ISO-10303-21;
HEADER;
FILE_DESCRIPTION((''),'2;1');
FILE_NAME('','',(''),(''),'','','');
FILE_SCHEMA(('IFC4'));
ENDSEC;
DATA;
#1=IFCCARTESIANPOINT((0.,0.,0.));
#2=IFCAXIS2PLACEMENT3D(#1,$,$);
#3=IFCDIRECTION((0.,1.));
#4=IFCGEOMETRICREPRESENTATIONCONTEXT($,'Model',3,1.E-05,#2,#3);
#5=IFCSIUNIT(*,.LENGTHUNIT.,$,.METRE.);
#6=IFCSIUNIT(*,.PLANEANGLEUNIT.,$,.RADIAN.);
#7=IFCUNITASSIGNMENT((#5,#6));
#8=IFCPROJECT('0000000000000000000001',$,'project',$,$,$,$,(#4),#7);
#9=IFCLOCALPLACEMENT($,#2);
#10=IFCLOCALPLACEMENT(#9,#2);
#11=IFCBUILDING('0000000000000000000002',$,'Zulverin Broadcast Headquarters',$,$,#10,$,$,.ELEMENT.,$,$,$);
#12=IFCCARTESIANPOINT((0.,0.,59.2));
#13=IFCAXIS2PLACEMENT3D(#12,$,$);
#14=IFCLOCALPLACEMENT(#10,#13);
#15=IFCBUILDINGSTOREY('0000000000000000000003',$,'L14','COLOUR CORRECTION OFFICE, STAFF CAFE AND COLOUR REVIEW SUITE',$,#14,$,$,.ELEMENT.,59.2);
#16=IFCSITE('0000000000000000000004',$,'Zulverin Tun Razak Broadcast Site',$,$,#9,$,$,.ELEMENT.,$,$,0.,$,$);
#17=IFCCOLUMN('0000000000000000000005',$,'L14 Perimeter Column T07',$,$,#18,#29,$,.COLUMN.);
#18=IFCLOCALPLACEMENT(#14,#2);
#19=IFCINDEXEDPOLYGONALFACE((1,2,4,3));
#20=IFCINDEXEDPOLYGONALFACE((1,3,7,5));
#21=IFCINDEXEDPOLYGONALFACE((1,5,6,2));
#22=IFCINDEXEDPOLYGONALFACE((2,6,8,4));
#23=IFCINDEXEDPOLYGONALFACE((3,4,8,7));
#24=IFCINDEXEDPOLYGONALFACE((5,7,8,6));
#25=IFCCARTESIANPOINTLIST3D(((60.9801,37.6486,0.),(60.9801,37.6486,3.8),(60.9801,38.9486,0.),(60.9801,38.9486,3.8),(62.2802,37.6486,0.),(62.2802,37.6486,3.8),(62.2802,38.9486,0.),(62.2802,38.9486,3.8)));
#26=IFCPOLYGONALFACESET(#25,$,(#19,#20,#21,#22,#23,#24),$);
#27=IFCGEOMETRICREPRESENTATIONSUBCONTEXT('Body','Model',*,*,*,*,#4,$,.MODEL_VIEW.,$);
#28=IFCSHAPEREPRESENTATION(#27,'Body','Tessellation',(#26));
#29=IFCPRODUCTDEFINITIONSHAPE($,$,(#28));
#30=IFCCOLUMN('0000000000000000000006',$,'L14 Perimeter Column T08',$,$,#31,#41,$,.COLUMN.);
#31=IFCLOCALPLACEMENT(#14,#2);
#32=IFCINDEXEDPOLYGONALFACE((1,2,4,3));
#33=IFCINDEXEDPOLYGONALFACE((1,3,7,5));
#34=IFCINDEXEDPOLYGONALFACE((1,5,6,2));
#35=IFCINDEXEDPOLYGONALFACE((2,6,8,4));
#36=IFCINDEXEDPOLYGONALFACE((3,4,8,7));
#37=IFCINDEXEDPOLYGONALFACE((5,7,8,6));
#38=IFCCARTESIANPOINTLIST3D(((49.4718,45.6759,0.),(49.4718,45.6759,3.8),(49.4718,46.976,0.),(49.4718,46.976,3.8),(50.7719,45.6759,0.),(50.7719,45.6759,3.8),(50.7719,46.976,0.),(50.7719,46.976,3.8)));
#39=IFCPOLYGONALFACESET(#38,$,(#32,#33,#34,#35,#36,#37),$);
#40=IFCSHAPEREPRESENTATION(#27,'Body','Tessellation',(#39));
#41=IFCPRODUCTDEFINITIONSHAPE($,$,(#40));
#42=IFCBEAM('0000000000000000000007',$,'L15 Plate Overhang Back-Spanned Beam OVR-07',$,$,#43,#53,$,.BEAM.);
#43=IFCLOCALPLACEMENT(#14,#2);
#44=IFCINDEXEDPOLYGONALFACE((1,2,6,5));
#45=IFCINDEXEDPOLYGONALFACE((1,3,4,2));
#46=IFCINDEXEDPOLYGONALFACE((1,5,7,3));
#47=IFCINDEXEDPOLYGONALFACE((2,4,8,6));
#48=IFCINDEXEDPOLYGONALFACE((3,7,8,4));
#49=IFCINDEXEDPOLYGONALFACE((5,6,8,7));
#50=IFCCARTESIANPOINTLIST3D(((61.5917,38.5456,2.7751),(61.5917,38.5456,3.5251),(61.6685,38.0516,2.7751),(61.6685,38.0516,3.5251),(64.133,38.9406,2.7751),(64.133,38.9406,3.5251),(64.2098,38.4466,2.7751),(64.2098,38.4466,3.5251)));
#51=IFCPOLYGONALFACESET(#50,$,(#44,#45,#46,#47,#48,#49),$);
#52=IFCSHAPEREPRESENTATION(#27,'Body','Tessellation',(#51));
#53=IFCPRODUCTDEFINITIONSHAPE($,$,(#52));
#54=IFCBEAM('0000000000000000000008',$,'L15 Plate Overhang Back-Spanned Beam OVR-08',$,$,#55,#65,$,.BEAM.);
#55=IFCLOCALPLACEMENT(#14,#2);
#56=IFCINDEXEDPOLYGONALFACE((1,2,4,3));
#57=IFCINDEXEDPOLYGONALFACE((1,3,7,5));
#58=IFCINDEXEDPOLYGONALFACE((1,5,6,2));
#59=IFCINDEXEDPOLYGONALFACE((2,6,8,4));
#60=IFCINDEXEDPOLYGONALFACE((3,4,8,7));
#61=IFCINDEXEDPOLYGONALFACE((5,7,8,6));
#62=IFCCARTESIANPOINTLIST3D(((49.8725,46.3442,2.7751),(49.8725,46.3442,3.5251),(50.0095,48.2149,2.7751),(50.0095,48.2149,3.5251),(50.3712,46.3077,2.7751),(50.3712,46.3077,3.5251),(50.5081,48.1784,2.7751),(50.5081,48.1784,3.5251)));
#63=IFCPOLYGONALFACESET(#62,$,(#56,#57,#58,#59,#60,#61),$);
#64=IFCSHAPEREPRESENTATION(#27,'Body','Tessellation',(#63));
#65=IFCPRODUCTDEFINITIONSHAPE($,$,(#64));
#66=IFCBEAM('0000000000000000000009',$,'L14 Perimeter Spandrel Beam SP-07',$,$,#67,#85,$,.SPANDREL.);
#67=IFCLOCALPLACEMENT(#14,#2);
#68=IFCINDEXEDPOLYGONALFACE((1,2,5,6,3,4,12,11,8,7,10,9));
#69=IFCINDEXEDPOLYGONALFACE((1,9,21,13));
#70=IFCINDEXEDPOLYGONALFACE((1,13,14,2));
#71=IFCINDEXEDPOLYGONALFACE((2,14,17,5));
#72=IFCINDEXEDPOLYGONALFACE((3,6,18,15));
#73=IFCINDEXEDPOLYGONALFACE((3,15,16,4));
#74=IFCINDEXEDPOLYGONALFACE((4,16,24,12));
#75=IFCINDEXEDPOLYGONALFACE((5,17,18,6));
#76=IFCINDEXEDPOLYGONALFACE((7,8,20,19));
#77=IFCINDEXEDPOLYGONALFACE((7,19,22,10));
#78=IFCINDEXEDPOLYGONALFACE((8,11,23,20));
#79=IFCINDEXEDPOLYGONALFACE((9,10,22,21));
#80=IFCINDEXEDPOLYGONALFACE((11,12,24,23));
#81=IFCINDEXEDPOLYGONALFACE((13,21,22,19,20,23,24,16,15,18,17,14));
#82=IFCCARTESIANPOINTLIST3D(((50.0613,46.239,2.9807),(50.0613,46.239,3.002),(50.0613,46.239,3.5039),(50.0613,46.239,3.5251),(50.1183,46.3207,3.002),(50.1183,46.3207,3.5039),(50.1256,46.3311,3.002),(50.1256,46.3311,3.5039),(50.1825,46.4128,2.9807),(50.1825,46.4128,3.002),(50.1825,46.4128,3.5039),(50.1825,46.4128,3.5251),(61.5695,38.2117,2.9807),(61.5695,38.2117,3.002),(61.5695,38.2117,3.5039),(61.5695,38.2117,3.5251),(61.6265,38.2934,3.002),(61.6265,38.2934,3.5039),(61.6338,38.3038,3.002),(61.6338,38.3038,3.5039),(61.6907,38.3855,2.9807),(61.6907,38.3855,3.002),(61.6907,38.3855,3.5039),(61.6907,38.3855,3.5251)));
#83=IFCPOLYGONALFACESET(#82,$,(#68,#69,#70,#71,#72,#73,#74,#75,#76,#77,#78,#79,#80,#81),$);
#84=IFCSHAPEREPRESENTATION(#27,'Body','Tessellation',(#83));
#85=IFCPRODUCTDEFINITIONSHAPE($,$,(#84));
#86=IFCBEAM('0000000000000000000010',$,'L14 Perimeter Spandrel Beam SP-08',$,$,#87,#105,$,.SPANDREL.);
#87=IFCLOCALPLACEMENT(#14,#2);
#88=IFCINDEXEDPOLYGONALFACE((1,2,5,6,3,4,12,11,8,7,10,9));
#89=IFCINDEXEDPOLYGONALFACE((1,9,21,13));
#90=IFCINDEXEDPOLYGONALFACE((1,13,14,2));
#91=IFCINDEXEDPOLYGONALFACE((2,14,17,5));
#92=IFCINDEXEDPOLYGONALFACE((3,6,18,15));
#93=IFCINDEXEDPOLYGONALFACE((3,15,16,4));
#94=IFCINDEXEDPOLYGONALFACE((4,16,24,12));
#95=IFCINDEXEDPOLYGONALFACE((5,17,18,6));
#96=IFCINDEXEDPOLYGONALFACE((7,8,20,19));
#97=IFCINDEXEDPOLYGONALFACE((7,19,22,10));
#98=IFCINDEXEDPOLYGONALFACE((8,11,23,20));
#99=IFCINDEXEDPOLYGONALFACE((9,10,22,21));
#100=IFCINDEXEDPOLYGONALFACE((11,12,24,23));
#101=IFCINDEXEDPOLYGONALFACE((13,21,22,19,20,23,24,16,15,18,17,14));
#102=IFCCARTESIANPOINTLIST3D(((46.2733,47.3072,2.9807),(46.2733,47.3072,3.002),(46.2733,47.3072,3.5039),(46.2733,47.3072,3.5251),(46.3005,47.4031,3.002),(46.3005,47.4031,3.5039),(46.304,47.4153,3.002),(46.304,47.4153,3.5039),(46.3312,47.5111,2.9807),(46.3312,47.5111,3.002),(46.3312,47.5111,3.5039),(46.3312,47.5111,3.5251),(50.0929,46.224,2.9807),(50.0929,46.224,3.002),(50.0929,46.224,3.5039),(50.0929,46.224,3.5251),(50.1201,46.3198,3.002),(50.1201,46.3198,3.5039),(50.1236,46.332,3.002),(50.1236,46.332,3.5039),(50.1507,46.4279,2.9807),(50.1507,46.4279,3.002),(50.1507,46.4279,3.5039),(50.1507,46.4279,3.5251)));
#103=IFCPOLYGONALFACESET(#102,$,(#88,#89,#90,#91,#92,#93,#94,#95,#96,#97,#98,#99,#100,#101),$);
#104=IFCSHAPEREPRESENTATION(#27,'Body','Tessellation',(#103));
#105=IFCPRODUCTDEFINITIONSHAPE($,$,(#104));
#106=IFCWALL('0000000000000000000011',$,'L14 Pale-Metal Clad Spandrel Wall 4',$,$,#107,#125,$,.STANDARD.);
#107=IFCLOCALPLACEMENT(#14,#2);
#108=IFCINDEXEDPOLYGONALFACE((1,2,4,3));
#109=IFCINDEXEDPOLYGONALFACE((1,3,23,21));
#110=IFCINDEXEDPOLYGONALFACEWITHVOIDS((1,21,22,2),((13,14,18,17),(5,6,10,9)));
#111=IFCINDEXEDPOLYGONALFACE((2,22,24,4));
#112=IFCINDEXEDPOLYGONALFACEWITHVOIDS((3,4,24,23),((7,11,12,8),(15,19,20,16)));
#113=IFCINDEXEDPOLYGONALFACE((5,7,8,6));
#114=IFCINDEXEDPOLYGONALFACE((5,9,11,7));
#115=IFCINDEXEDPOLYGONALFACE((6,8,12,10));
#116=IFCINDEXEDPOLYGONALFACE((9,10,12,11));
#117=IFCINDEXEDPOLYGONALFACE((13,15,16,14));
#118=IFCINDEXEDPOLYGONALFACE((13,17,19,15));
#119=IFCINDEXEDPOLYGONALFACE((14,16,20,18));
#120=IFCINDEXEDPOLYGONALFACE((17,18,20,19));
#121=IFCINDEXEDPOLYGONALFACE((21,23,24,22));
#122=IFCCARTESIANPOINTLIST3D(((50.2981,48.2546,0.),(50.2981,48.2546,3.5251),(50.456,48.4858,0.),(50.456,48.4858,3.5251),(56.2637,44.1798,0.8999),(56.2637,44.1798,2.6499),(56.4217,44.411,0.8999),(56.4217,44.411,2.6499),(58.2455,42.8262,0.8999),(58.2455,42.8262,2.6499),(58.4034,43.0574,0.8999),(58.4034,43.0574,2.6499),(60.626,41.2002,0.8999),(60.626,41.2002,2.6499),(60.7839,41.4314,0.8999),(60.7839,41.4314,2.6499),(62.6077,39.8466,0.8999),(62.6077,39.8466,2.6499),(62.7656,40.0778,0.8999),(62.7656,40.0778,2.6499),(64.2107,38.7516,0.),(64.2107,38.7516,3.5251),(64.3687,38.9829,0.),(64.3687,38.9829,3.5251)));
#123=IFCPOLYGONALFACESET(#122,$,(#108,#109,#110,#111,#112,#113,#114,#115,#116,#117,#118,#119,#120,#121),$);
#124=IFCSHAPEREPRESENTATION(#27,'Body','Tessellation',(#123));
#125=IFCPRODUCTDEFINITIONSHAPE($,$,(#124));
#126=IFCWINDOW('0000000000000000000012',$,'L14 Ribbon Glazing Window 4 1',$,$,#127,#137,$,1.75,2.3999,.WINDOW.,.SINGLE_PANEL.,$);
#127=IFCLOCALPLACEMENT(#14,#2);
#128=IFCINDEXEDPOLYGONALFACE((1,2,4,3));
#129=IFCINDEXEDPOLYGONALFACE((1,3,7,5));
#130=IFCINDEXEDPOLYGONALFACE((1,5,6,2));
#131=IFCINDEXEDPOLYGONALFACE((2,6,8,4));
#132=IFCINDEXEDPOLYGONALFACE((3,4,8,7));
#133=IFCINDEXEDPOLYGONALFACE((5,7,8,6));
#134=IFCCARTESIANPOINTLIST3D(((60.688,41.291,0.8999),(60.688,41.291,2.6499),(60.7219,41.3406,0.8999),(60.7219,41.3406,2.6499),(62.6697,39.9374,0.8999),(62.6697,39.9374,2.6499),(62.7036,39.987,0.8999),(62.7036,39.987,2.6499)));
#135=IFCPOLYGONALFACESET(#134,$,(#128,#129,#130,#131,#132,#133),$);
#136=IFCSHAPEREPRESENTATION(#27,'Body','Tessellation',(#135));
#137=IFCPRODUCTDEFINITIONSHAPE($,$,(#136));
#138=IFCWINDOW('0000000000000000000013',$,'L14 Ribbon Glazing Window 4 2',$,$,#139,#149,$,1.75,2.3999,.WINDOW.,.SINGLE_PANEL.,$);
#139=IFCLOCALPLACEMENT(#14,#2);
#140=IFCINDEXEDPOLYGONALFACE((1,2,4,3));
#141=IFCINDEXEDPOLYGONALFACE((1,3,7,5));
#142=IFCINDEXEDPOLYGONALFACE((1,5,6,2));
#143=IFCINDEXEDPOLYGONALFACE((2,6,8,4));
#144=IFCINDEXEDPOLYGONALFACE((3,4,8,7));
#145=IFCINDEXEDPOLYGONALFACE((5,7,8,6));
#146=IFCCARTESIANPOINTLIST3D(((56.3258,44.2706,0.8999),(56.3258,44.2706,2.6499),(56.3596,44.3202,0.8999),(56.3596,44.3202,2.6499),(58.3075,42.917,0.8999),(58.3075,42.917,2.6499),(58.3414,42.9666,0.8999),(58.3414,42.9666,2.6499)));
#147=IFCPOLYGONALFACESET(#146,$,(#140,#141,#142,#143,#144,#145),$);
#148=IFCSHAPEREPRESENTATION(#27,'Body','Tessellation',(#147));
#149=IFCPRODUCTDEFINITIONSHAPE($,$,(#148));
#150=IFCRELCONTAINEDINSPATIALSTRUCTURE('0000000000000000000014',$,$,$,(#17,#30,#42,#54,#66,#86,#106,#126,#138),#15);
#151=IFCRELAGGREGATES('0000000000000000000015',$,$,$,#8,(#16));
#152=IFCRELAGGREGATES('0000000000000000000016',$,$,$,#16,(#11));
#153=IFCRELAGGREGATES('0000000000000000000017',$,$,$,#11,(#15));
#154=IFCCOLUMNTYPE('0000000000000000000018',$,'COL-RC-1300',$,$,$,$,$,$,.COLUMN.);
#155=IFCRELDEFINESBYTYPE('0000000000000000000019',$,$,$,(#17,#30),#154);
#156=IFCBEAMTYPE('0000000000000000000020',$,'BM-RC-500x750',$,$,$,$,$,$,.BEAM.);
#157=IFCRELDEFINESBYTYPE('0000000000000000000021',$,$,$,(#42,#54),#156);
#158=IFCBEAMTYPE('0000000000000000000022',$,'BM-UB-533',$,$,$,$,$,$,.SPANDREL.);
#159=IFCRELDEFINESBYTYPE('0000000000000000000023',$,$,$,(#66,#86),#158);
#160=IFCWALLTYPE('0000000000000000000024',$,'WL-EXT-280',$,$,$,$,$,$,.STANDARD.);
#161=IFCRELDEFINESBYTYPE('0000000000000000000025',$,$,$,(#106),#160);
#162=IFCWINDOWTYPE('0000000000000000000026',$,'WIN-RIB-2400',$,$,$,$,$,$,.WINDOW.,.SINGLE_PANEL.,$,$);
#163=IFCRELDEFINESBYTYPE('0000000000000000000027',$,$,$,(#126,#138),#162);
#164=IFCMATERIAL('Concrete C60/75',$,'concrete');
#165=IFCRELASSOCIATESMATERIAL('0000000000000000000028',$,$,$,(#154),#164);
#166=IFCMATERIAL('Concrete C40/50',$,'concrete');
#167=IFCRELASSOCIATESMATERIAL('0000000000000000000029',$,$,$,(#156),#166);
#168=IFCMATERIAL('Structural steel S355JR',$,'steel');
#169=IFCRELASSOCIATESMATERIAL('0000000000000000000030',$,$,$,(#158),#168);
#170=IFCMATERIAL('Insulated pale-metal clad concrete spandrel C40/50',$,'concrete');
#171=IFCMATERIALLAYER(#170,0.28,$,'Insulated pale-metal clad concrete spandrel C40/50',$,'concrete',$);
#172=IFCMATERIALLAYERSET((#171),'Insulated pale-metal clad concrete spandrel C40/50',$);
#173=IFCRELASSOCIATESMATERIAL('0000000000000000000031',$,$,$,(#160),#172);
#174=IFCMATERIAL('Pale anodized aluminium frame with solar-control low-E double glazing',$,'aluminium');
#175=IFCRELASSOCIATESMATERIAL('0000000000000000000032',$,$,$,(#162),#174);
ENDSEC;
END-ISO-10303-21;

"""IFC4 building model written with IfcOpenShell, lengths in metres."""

from ifc_helpers import new_model, si_unit, direction, frame, frame_2d, origin, origin_2d, place, context, subcontext, project, spatial, rectangle, i_section, extrude, material, layer, layer_set, material_profile, profile_set, type_object, element, fill, save


model = new_model("IFC4")

# Units and contexts
model_context = context("Model", 3, precision=1e-05, world=origin(), true_north=direction((0.0, 1.0)))
body_context = subcontext(model_context, "Body", "Model", "MODEL_VIEW")
ifc_project = project(units=[si_unit("LENGTHUNIT", "METRE"), si_unit("PLANEANGLEUNIT", "RADIAN")], contexts=[model_context])

# Site, building, storey
site_placement = place(None, origin())
site = spatial("IfcSite", under=ifc_project, at=site_placement, Name="Zulverin Tun Razak Broadcast Site", CompositionType="ELEMENT", RefElevation=0.0)
building_placement = place(site_placement, origin())
building = spatial("IfcBuilding", under=site, at=building_placement, Name="Zulverin Broadcast Headquarters", CompositionType="ELEMENT")
storey_placement = place(building_placement, frame((0.0, 0.0, 59.2)))
storey = spatial("IfcBuildingStorey", under=building, at=storey_placement, Name="L14", Description="COLOUR CORRECTION OFFICE, STAFF CAFE AND COLOUR REVIEW SUITE", CompositionType="ELEMENT", Elevation=59.2)

# Columns
ifc_material_1 = material(Name="Concrete C60/75", Category="concrete")
ifc_material_profile_1 = material_profile(ifc_material_1, rectangle(XDim=1.3, YDim=1.3, at=origin_2d()), Name="Concrete C60/75", Category="concrete")
ifc_profile_set_1 = profile_set([ifc_material_profile_1], Name="Concrete C60/75")
column_type = type_object("IfcColumnType", Name="COL-RC-1300", PredefinedType="COLUMN", material=ifc_profile_set_1)
for number, where, z_axis, x_axis, name in (
    (1, (61.6301, 38.2986, 0.0), (0.0, 0.0, 1.0), (1.0, 0.0, 0.0), "L14 Perimeter Column T07"),
    (2, (50.1218, 46.3259, 0.0), (0.0, 0.0, 1.0), (1.0, 0.0, 0.0), "L14 Perimeter Column T08"),
):
    element("IfcColumn", number, at=place(storey_placement, frame(where, z_axis=z_axis, x_axis=x_axis)), inside=storey, type_object=column_type, Name=name, PredefinedType="COLUMN", context=body_context, shape_type="SweptSolid", body=[
        extrude(rectangle(XDim=1.3, YDim=1.3, at=origin_2d()), origin(), (0.0, 0.0, 1.0), 3.8),
    ])

# Beams
ifc_material_2 = material(Name="Concrete C40/50", Category="concrete")
ifc_material_profile_2 = material_profile(ifc_material_2, rectangle(XDim=0.5, YDim=0.75, at=origin_2d()), Name="Concrete C40/50", Category="concrete")
ifc_profile_set_2 = profile_set([ifc_material_profile_2], Name="Concrete C40/50")
beam_type_1 = type_object("IfcBeamType", Name="BM-RC-500x750", PredefinedType="BEAM", material=ifc_profile_set_2)
beam_1_placement = place(storey_placement, frame((61.6301, 38.2986, 3.1501), z_axis=(0.988133, 0.153598, 0.0), x_axis=(-0.153598, 0.988133, 0.0)))
element("IfcBeam", 3, at=beam_1_placement, inside=storey, type_object=beam_type_1, Name="L15 Plate Overhang Back-Spanned Beam OVR-07", PredefinedType="BEAM", context=body_context, shape_type="SweptSolid", body=[
    extrude(rectangle(XDim=0.5, YDim=0.75, at=origin_2d()), origin(), (0.0, 0.0, 1.0), 2.5718),
])
beam_2_placement = place(storey_placement, frame((50.1218, 46.3259, 3.1501), z_axis=(0.073023, 0.99733, 0.0), x_axis=(-0.99733, 0.073023, 0.0)))
element("IfcBeam", 4, at=beam_2_placement, inside=storey, type_object=beam_type_1, Name="L15 Plate Overhang Back-Spanned Beam OVR-08", PredefinedType="BEAM", context=body_context, shape_type="SweptSolid", body=[
    extrude(rectangle(XDim=0.5, YDim=0.75, at=origin_2d()), origin(), (0.0, 0.0, 1.0), 1.8757),
])
ifc_material_3 = material(Name="Structural steel S355JR", Category="steel")
ifc_material_profile_3 = material_profile(ifc_material_3, i_section(OverallWidth=0.2119, OverallDepth=0.5444, WebThickness=0.0127, FlangeThickness=0.0212, at=origin_2d()), Name="Structural steel S355JR", Category="steel")
ifc_profile_set_3 = profile_set([ifc_material_profile_3], Name="Structural steel S355JR")
beam_type_2 = type_object("IfcBeamType", Name="BM-UB-533", PredefinedType="SPANDREL", material=ifc_profile_set_3)
beam_3_placement = place(storey_placement, frame((61.6301, 38.2986, 3.2529), z_axis=(-0.820184, 0.5721, 0.0), x_axis=(-0.5721, -0.820184, 0.0)))
element("IfcBeam", 5, at=beam_3_placement, inside=storey, type_object=beam_type_2, Name="L14 Perimeter Spandrel Beam SP-07", PredefinedType="SPANDREL", context=body_context, shape_type="SweptSolid", body=[
    extrude(i_section(OverallWidth=0.2119, OverallDepth=0.5444, WebThickness=0.0127, FlangeThickness=0.0212, at=origin_2d()), origin(), (0.0, 0.0, 1.0), 14.0312),
])
beam_4_placement = place(storey_placement, frame((50.1218, 46.3259, 3.2529), z_axis=(-0.962058, 0.272844, 0.0), x_axis=(-0.272844, -0.962058, 0.0)))
element("IfcBeam", 6, at=beam_4_placement, inside=storey, type_object=beam_type_2, Name="L14 Perimeter Spandrel Beam SP-08", PredefinedType="SPANDREL", context=body_context, shape_type="SweptSolid", body=[
    extrude(i_section(OverallWidth=0.2119, OverallDepth=0.5444, WebThickness=0.0127, FlangeThickness=0.0212, at=origin_2d()), origin(), (0.0, 0.0, 1.0), 3.9702),
])

# Wall, openings, windows
ifc_material_4 = material(Name="Insulated pale-metal clad concrete spandrel C40/50", Category="concrete")
ifc_layer_1 = layer(ifc_material_4, 0.28, Name="Insulated pale-metal clad concrete spandrel C40/50", Category="concrete")
ifc_layer_set_1 = layer_set([ifc_layer_1], Name="Insulated pale-metal clad concrete spandrel C40/50")
wall_type = type_object("IfcWallType", Name="WL-EXT-280", PredefinedType="STANDARD", material=ifc_layer_set_1)
wall_1_placement = place(storey_placement, frame((64.2898, 38.8672, 0.0), z_axis=(0.0, 0.0, 1.0), x_axis=(-0.825756, 0.564028, 0.0)))
wall_1 = element("IfcWall", 7, at=wall_1_placement, inside=storey, type_object=wall_type, Name="L14 Pale-Metal Clad Spandrel Wall 4", PredefinedType="STANDARD", context=body_context, shape_type="SweptSolid", body=[
    extrude(rectangle(XDim=16.8484, YDim=0.28, at=frame_2d((8.4243, 0.0))), origin(), (0.0, 0.0, 1.0), 3.5251),
])
opening_1_placement = place(wall_1_placement, frame((1.9414, 0.0, 0.8999)))
opening_1 = element("IfcOpeningElement", 8, at=opening_1_placement, cuts=wall_1, PredefinedType="OPENING", context=body_context, shape_type="SweptSolid", body=[
    extrude(rectangle(XDim=2.3999, YDim=1.75, at=frame_2d((1.2, 0.875))), frame((0.0, 0.1499, 0.0), z_axis=(0.0, -1.0, 0.0), x_axis=(1.0, 0.0, 0.0)), (0.0, 0.0, 1.0), 0.3),
])
opening_2_placement = place(wall_1_placement, frame((7.2241, 0.0, 0.8999)))
opening_2 = element("IfcOpeningElement", 9, at=opening_2_placement, cuts=wall_1, PredefinedType="OPENING", context=body_context, shape_type="SweptSolid", body=[
    extrude(rectangle(XDim=2.3999, YDim=1.75, at=frame_2d((1.2, 0.875))), frame((0.0, 0.1499, 0.0), z_axis=(0.0, -1.0, 0.0), x_axis=(1.0, 0.0, 0.0)), (0.0, 0.0, 1.0), 0.3),
])
ifc_material_5 = material(Name="Pale anodized aluminium frame with solar-control low-E double glazing", Category="aluminium")
window_type = type_object("IfcWindowType", Name="WIN-RIB-2400", PartitioningType="SINGLE_PANEL", PredefinedType="WINDOW", material=ifc_material_5)
window_1_placement = place(opening_1_placement, origin())
window_1 = element("IfcWindow", 10, at=window_1_placement, inside=storey, type_object=window_type, Name="L14 Ribbon Glazing Window 4 1", OverallHeight=1.75, OverallWidth=2.3999, PartitioningType="SINGLE_PANEL", PredefinedType="WINDOW", context=body_context, shape_type="SweptSolid", body=[
    extrude(rectangle(XDim=2.3999, YDim=1.75, at=frame_2d((1.2, 0.875))), frame((0.0, 0.03, 0.0), z_axis=(0.0, -1.0, 0.0), x_axis=(1.0, 0.0, 0.0)), (0.0, 0.0, 1.0), 0.0601),
])
fill(opening_1, window_1)
window_2_placement = place(opening_2_placement, origin())
window_2 = element("IfcWindow", 11, at=window_2_placement, inside=storey, type_object=window_type, Name="L14 Ribbon Glazing Window 4 2", OverallHeight=1.75, OverallWidth=2.3999, PartitioningType="SINGLE_PANEL", PredefinedType="WINDOW", context=body_context, shape_type="SweptSolid", body=[
    extrude(rectangle(XDim=2.3999, YDim=1.75, at=frame_2d((1.2, 0.875))), frame((0.0, 0.03, 0.0), z_axis=(0.0, -1.0, 0.0), x_axis=(1.0, 0.0, 0.0)), (0.0, 0.0, 1.0), 0.0601),
])
fill(opening_2, window_2)

save(model, "model.ifc")
